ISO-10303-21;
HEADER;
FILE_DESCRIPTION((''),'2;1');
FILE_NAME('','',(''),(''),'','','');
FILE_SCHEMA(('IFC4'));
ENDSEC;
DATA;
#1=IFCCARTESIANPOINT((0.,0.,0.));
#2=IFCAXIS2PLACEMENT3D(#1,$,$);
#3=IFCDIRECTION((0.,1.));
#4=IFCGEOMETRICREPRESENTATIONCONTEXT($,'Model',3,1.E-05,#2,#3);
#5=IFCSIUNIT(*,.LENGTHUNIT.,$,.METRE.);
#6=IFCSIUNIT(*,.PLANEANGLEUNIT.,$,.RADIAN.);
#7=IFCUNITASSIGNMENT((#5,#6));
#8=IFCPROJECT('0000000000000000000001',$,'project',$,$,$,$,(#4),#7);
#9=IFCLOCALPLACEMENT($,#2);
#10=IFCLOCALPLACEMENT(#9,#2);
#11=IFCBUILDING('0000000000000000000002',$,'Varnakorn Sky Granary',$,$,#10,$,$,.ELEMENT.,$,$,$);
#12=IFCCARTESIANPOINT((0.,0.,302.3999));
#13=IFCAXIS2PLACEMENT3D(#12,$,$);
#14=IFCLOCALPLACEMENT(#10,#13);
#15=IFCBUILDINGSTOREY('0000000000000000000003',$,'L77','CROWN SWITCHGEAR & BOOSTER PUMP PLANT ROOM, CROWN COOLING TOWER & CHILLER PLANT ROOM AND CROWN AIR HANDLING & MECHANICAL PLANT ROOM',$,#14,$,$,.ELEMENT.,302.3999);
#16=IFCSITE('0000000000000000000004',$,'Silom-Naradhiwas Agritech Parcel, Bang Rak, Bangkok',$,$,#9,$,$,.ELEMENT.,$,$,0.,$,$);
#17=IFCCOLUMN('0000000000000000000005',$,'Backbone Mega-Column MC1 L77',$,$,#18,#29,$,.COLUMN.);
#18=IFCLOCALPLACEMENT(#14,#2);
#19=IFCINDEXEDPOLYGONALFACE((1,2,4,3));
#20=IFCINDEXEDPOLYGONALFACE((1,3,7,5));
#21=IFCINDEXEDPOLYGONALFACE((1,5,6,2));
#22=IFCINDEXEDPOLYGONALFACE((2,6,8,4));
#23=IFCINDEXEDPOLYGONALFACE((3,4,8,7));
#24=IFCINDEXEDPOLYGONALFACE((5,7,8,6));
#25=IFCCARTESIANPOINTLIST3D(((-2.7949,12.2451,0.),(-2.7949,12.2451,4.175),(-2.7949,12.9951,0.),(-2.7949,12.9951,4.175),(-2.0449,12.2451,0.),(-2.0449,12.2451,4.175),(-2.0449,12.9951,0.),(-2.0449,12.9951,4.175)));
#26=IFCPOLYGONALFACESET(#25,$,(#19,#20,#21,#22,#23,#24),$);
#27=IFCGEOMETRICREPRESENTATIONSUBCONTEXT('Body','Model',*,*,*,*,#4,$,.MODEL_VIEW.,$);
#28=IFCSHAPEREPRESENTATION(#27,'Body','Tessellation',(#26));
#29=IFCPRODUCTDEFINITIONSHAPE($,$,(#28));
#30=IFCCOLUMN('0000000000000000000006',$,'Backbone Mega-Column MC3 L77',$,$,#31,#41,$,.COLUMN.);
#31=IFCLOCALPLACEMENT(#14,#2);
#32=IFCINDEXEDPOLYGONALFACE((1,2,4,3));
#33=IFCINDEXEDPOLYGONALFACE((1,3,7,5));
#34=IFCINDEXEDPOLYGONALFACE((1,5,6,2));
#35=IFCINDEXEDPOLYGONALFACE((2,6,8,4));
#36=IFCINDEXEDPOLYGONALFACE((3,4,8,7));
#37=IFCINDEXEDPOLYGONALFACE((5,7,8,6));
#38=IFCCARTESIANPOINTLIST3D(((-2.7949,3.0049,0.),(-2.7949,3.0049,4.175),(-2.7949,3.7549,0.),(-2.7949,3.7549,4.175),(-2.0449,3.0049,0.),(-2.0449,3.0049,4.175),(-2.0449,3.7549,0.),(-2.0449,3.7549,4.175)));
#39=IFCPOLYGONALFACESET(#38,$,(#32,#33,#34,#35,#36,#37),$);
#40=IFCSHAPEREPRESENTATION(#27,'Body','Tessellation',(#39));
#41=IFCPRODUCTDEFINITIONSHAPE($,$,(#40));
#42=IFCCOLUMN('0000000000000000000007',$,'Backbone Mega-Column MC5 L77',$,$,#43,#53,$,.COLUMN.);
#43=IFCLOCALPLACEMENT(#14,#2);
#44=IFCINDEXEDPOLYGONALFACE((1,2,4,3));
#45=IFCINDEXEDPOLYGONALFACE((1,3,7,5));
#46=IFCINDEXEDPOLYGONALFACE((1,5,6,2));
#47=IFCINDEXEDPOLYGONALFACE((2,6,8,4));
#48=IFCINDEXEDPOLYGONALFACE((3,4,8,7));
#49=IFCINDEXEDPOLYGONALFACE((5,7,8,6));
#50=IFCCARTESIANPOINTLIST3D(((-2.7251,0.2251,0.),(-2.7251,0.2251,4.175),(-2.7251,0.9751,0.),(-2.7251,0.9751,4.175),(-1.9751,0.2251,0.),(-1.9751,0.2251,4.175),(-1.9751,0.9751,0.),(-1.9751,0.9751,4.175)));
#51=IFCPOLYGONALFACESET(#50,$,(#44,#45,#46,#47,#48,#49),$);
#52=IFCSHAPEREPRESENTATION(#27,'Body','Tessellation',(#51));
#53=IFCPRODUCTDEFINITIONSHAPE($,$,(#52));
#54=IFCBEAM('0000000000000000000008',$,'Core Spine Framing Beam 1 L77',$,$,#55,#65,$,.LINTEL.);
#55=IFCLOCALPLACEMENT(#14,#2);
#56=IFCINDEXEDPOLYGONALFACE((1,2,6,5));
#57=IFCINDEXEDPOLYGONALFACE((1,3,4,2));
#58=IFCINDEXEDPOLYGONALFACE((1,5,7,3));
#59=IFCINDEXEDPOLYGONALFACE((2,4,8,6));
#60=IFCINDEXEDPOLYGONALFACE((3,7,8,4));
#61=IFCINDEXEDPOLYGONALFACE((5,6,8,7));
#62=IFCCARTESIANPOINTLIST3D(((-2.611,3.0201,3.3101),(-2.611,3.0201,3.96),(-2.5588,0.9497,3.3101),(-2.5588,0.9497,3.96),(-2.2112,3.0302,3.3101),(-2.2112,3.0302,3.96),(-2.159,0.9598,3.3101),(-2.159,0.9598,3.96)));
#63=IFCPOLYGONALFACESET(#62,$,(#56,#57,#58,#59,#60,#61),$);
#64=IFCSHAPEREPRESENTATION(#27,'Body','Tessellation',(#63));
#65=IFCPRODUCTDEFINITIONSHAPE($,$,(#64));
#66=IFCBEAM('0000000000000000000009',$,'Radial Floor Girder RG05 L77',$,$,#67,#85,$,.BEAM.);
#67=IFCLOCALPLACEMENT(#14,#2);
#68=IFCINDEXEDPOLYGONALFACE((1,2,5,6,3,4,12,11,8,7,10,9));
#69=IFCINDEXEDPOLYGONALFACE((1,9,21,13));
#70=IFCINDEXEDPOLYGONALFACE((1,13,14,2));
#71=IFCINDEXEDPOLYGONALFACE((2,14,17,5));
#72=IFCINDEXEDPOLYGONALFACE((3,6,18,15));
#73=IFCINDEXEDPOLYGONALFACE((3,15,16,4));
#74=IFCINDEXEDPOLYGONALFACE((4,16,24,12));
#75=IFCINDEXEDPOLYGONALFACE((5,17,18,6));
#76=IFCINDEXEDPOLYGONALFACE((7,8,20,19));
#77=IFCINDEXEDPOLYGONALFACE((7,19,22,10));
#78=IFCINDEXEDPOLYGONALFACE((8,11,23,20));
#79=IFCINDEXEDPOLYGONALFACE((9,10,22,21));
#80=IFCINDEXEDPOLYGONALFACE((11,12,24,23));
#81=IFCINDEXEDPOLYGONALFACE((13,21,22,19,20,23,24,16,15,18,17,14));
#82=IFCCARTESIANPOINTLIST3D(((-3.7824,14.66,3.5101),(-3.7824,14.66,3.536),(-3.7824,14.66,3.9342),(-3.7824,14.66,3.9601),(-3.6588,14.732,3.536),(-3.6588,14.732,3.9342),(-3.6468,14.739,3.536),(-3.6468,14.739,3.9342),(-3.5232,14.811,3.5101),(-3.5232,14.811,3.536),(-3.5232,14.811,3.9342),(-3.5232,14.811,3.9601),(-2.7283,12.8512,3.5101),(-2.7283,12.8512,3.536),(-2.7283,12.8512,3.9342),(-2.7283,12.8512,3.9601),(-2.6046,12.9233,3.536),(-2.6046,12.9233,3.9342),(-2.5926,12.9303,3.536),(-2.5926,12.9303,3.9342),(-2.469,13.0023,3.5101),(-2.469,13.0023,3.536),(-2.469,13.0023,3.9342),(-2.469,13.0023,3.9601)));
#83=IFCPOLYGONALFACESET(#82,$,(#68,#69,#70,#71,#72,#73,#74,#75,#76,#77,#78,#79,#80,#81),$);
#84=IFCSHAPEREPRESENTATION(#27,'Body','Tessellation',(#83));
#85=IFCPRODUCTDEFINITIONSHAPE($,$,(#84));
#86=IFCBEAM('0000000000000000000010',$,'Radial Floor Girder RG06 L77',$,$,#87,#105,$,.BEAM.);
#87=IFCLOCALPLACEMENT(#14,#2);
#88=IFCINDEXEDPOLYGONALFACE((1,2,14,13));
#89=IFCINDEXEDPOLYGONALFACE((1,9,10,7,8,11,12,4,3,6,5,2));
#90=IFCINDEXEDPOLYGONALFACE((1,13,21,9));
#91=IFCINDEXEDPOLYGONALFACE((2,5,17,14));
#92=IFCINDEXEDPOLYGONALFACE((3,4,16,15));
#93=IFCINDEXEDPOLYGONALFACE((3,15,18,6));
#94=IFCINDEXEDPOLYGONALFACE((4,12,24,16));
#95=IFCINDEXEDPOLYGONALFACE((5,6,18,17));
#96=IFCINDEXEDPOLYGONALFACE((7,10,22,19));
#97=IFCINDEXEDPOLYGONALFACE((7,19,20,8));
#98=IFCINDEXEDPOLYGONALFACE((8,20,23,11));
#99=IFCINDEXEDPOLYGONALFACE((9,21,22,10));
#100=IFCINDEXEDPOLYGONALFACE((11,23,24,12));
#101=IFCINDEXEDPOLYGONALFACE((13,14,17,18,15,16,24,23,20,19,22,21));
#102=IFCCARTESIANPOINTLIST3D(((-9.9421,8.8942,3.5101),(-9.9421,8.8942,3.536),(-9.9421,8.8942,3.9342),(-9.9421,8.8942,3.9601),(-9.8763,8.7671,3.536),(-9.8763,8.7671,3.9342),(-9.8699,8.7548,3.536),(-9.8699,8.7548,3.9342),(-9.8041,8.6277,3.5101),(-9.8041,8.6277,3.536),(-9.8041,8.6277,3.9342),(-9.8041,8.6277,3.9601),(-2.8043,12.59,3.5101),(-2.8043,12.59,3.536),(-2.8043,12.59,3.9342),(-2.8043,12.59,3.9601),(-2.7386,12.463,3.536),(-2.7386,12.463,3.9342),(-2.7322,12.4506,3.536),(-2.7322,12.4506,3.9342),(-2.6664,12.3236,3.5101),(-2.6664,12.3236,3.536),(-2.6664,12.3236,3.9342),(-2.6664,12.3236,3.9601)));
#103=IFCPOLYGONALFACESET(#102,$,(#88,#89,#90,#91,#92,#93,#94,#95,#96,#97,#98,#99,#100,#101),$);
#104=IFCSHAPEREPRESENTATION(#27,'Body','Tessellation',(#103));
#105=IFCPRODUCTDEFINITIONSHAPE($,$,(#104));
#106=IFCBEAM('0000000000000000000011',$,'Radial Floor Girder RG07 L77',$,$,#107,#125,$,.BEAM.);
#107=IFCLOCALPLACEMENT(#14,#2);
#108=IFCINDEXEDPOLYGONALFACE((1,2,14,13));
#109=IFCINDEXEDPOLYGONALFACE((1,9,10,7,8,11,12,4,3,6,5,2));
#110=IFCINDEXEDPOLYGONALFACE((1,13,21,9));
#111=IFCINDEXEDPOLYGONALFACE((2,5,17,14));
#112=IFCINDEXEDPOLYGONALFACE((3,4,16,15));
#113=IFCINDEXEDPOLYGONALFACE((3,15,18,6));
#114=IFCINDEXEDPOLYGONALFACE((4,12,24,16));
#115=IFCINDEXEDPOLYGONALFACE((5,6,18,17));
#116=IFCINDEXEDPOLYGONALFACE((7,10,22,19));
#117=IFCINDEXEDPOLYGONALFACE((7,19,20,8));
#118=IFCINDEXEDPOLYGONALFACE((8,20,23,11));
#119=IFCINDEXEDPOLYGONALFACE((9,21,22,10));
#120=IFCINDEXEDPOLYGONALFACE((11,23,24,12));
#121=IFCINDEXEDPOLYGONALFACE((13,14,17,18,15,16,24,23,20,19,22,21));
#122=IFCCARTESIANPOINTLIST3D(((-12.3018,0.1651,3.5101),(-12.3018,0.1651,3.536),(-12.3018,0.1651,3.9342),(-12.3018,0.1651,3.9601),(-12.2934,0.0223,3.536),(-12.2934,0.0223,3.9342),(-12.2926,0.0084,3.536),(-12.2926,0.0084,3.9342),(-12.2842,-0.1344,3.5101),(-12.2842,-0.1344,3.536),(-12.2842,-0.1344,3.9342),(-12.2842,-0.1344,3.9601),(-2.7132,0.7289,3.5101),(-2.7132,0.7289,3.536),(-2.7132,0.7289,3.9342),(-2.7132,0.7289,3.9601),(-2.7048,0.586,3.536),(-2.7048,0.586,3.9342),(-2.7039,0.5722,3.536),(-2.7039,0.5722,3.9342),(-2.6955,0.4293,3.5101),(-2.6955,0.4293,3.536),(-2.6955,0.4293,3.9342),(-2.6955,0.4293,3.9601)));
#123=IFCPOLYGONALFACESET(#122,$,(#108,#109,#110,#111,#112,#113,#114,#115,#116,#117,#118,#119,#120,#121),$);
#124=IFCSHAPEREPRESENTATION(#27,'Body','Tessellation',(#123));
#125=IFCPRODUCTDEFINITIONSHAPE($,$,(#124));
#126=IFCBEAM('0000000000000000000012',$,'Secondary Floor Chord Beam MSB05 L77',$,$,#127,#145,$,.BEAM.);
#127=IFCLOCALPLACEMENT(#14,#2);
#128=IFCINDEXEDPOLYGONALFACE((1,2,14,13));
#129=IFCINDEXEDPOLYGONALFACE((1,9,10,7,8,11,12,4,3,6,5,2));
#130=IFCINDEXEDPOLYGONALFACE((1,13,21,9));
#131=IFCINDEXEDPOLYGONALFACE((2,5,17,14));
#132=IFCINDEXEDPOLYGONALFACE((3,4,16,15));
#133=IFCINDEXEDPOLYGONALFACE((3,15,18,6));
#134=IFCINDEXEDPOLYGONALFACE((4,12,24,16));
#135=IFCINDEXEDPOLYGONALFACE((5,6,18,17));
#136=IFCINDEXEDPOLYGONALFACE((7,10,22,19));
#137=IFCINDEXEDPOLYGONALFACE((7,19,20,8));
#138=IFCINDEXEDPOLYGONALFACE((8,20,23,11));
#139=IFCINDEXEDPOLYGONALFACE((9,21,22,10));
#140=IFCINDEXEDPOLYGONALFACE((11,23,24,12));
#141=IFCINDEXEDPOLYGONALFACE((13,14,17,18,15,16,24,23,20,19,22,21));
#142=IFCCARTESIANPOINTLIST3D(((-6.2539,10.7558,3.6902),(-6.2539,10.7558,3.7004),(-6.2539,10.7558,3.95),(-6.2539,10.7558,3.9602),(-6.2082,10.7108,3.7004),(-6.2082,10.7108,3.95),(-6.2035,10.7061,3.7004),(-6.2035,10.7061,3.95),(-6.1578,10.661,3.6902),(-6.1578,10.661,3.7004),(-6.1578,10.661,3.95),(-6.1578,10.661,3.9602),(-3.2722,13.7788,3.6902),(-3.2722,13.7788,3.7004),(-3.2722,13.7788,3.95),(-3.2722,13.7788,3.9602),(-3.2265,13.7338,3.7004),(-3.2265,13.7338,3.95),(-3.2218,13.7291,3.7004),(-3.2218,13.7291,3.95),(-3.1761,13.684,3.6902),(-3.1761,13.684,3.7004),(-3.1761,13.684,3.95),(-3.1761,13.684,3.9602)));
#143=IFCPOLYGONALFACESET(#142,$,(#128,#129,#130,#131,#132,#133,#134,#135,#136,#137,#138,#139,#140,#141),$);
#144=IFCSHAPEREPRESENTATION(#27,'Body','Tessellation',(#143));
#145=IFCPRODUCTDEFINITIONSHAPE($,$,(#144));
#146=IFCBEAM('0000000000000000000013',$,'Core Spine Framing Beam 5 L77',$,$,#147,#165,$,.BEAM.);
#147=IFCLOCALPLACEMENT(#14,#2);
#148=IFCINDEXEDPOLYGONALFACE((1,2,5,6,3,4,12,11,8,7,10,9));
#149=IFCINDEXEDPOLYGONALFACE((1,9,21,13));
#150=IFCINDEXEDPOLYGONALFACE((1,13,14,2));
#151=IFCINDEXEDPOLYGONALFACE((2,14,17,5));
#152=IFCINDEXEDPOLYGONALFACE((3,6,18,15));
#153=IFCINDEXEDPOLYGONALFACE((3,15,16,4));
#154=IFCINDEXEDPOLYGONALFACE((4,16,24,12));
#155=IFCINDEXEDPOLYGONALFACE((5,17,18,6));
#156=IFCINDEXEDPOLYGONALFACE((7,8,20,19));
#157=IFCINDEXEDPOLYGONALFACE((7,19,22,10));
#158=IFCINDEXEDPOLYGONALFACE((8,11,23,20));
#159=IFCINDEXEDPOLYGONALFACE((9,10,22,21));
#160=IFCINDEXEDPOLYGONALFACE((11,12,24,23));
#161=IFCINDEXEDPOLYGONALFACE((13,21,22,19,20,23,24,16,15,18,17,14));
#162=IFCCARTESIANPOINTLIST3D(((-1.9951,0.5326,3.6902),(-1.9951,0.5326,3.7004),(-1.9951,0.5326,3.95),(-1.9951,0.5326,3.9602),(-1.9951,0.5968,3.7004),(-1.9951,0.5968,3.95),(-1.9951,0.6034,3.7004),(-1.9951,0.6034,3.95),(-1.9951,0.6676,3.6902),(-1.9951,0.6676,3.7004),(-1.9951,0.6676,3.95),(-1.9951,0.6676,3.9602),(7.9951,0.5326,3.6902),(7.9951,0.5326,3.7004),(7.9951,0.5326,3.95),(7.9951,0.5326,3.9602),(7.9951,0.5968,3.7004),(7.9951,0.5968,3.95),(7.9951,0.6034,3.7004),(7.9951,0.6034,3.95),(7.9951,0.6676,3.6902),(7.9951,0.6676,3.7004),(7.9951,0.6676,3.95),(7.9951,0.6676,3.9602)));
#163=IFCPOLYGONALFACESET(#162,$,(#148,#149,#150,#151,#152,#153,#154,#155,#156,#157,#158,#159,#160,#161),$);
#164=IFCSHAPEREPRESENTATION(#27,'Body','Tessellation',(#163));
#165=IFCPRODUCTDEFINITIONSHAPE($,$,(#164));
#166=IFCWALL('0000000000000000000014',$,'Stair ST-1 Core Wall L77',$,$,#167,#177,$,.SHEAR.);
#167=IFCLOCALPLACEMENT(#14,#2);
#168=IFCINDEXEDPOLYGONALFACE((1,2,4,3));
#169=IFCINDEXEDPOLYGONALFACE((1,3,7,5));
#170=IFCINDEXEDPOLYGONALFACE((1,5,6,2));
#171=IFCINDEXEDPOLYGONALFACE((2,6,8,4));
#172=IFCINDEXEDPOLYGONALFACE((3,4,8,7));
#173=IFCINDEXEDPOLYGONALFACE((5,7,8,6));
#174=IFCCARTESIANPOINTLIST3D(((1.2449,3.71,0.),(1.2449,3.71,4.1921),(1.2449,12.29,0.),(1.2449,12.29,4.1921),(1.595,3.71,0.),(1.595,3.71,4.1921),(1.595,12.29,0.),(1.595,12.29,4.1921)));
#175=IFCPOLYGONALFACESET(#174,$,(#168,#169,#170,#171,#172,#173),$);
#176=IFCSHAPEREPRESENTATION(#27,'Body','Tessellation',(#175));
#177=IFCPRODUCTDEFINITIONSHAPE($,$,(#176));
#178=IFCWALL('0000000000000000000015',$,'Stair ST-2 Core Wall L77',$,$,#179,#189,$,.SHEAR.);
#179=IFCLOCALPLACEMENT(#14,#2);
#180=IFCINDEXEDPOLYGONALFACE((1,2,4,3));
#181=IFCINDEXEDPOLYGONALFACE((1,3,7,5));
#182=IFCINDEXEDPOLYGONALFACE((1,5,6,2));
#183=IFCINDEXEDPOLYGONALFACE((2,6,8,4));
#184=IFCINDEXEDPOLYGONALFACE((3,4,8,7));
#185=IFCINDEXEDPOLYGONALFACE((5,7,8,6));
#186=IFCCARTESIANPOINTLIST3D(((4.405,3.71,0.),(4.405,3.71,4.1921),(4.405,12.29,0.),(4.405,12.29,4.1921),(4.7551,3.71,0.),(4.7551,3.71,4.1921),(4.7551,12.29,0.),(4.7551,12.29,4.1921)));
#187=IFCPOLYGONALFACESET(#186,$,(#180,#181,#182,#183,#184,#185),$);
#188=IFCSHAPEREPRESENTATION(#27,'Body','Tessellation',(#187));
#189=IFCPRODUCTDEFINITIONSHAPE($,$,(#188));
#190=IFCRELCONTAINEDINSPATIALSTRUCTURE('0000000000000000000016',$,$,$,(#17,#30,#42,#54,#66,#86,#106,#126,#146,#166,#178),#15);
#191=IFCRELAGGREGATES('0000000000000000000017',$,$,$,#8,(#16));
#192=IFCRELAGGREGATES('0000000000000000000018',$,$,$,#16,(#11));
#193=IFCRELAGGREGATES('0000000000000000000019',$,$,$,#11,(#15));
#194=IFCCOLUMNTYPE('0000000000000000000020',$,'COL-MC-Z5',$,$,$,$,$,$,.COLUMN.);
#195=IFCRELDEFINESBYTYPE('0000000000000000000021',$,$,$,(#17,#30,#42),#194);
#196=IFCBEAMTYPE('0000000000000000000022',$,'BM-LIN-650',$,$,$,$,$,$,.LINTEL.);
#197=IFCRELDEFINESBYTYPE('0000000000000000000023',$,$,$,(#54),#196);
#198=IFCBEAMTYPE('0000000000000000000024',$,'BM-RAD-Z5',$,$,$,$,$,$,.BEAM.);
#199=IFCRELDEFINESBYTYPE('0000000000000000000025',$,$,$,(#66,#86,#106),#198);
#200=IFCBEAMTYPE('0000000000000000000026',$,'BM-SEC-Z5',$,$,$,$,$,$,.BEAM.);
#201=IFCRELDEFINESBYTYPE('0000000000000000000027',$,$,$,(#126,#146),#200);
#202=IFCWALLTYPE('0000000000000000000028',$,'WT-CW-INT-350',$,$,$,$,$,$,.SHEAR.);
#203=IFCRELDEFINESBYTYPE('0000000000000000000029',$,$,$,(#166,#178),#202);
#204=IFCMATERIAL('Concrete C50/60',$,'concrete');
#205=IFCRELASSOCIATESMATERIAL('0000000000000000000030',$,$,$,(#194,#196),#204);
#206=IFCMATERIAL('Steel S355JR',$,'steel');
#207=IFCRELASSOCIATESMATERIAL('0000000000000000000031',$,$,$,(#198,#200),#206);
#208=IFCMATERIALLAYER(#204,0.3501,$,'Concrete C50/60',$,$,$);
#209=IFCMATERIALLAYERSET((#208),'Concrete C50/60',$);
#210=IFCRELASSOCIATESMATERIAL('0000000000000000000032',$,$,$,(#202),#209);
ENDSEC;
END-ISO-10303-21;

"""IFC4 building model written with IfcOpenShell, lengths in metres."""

from ifc_helpers import new_model, si_unit, direction, frame, frame_2d, origin, origin_2d, place, context, subcontext, project, spatial, rectangle, i_section, extrude, material, layer, layer_set, material_profile, profile_set, type_object, element, save


model = new_model("IFC4")

# Units and contexts
model_context = context("Model", 3, precision=1e-05, world=origin(), true_north=direction((0.0, 1.0)))
body_context = subcontext(model_context, "Body", "Model", "MODEL_VIEW")
ifc_project = project(units=[si_unit("LENGTHUNIT", "METRE"), si_unit("PLANEANGLEUNIT", "RADIAN")], contexts=[model_context])

# Site, building, storey
site_placement = place(None, origin())
site = spatial("IfcSite", under=ifc_project, at=site_placement, Name="Silom-Naradhiwas Agritech Parcel, Bang Rak, Bangkok", CompositionType="ELEMENT", RefElevation=0.0)
building_placement = place(site_placement, origin())
building = spatial("IfcBuilding", under=site, at=building_placement, Name="Varnakorn Sky Granary", CompositionType="ELEMENT")
storey_placement = place(building_placement, frame((0.0, 0.0, 302.3999)))
storey = spatial("IfcBuildingStorey", under=building, at=storey_placement, Name="L77", Description="CROWN SWITCHGEAR & BOOSTER PUMP PLANT ROOM, CROWN COOLING TOWER & CHILLER PLANT ROOM AND CROWN AIR HANDLING & MECHANICAL PLANT ROOM", CompositionType="ELEMENT", Elevation=302.3999)

# Columns
ifc_material_1 = material(Name="Concrete C50/60", Category="concrete")
ifc_material_profile_1 = material_profile(ifc_material_1, rectangle(XDim=0.75, YDim=0.75, at=origin_2d()), Name="RC 750x750")
ifc_profile_set_1 = profile_set([ifc_material_profile_1], Name="Concrete C50/60")
column_type = type_object("IfcColumnType", Name="COL-MC-Z5", PredefinedType="COLUMN", material=ifc_profile_set_1)
for number, where, z_axis, x_axis, name in (
    (1, (-2.4199, 12.6201, 0.0), (0.0, 0.0, 1.0), (1.0, 0.0, 0.0), "Backbone Mega-Column MC1 L77"),
    (2, (-2.4199, 3.3799, 0.0), (0.0, 0.0, 1.0), (1.0, 0.0, 0.0), "Backbone Mega-Column MC3 L77"),
    (3, (-2.3501, 0.6001, 0.0), (0.0, 0.0, 1.0), (1.0, 0.0, 0.0), "Backbone Mega-Column MC5 L77"),
):
    element("IfcColumn", number, at=place(storey_placement, frame(where, z_axis=z_axis, x_axis=x_axis)), inside=storey, type_object=column_type, Name=name, PredefinedType="COLUMN", context=body_context, shape_type="SweptSolid", body=[
        extrude(rectangle(XDim=0.75, YDim=0.75, at=origin_2d()), origin(), (0.0, 0.0, 1.0), 4.175),
    ])

# Beams
ifc_material_profile_2 = material_profile(ifc_material_1, rectangle(XDim=0.3999, YDim=0.6499, at=origin_2d()), Name="RC 400x650")
ifc_profile_set_2 = profile_set([ifc_material_profile_2], Name="Concrete C50/60")
beam_type_1 = type_object("IfcBeamType", Name="BM-LIN-650", PredefinedType="LINTEL", material=ifc_profile_set_2)
beam_1_placement = place(storey_placement, frame((-2.4111, 3.0251, 3.635), z_axis=(0.025228, -0.999682, 0.0), x_axis=(0.999682, 0.025228, 0.0)))
element("IfcBeam", 4, at=beam_1_placement, inside=storey, type_object=beam_type_1, Name="Core Spine Framing Beam 1 L77", PredefinedType="LINTEL", context=body_context, shape_type="SweptSolid", body=[
    extrude(rectangle(XDim=0.3999, YDim=0.6499, at=origin_2d()), origin(), (0.0, 0.0, 1.0), 2.071),
])
ifc_material_2 = material(Name="Steel S355JR", Category="steel")
ifc_material_profile_3 = material_profile(ifc_material_2, i_section(OverallWidth=0.3, OverallDepth=0.45, WebThickness=0.0139, FlangeThickness=0.0259, at=origin_2d()), Name="HE 450 B")
ifc_profile_set_3 = profile_set([ifc_material_profile_3], Name="Steel S355JR")
beam_type_2 = type_object("IfcBeamType", Name="BM-RAD-Z5", PredefinedType="BEAM", material=ifc_profile_set_3)
beam_2_placement = place(storey_placement, frame((-2.5986, 12.9268, 3.7351), z_axis=(-0.50353, 0.863978, 0.0), x_axis=(-0.863978, -0.50353, 0.0)))
element("IfcBeam", 5, at=beam_2_placement, inside=storey, type_object=beam_type_2, Name="Radial Floor Girder RG05 L77", PredefinedType="BEAM", context=body_context, shape_type="SweptSolid", body=[
    extrude(i_section(OverallWidth=0.3, OverallDepth=0.45, WebThickness=0.0139, FlangeThickness=0.0259, at=origin_2d()), origin(), (0.0, 0.0, 1.0), 2.0935),
])
beam_3_placement = place(storey_placement, frame((-2.7354, 12.4568, 3.7351), z_axis=(-0.88802, -0.459805, 0.0), x_axis=(0.459805, -0.88802, 0.0)))
element("IfcBeam", 6, at=beam_3_placement, inside=storey, type_object=beam_type_2, Name="Radial Floor Girder RG06 L77", PredefinedType="BEAM", context=body_context, shape_type="SweptSolid", body=[
    extrude(i_section(OverallWidth=0.3, OverallDepth=0.45, WebThickness=0.0139, FlangeThickness=0.0259, at=origin_2d()), origin(), (0.0, 0.0, 1.0), 8.0378),
])
beam_4_placement = place(storey_placement, frame((-2.7043, 0.5791, 3.7351), z_axis=(-0.998276, -0.058689, 0.0), x_axis=(0.058689, -0.998276, 0.0)))
element("IfcBeam", 7, at=beam_4_placement, inside=storey, type_object=beam_type_2, Name="Radial Floor Girder RG07 L77", PredefinedType="BEAM", context=body_context, shape_type="SweptSolid", body=[
    extrude(i_section(OverallWidth=0.3, OverallDepth=0.45, WebThickness=0.0139, FlangeThickness=0.0259, at=origin_2d()), origin(), (0.0, 0.0, 1.0), 9.6052),
])
ifc_material_profile_4 = material_profile(ifc_material_2, i_section(OverallWidth=0.135, OverallDepth=0.27, WebThickness=0.0066, FlangeThickness=0.0103, at=origin_2d()), Name="IPE 270")
ifc_profile_set_4 = profile_set([ifc_material_profile_4], Name="Steel S355JR")
beam_type_3 = type_object("IfcBeamType", Name="BM-SEC-Z5", PredefinedType="BEAM", material=ifc_profile_set_4)
beam_5_placement = place(storey_placement, frame((-3.2241, 13.7314, 3.8252), z_axis=(-0.702231, -0.711949, 0.0), x_axis=(0.711949, -0.702231, 0.0)))
element("IfcBeam", 8, at=beam_5_placement, inside=storey, type_object=beam_type_3, Name="Secondary Floor Chord Beam MSB05 L77", PredefinedType="BEAM", context=body_context, shape_type="SweptSolid", body=[
    extrude(i_section(OverallWidth=0.135, OverallDepth=0.27, WebThickness=0.0066, FlangeThickness=0.0103, at=origin_2d()), origin(), (0.0, 0.0, 1.0), 4.2461),
])
beam_6_placement = place(storey_placement, frame((-1.9951, 0.6001, 3.8252), z_axis=(1.0, 0.0, 0.0), x_axis=(0.0, 1.0, 0.0)))
element("IfcBeam", 9, at=beam_6_placement, inside=storey, type_object=beam_type_3, Name="Core Spine Framing Beam 5 L77", PredefinedType="BEAM", context=body_context, shape_type="SweptSolid", body=[
    extrude(i_section(OverallWidth=0.135, OverallDepth=0.27, WebThickness=0.0066, FlangeThickness=0.0103, at=origin_2d()), origin(), (0.0, 0.0, 1.0), 9.9902),
])

# Walls
ifc_layer_1 = layer(ifc_material_1, 0.3501, Name="Concrete C50/60")
ifc_layer_set_1 = layer_set([ifc_layer_1], Name="Concrete C50/60")
wall_type_1 = type_object("IfcWallType", Name="WT-CW-INT-350", PredefinedType="SHEAR", material=ifc_layer_set_1)
for number, where, z_axis, x_axis, name in (
    (10, (1.4199, 3.71, 0.0), (0.0, 0.0, 1.0), (0.0, 1.0, 0.0), "Stair ST-1 Core Wall L77"),
    (11, (4.5801, 3.71, 0.0), (0.0, 0.0, 1.0), (0.0, 1.0, 0.0), "Stair ST-2 Core Wall L77"),
):
    element("IfcWall", number, at=place(storey_placement, frame(where, z_axis=z_axis, x_axis=x_axis)), inside=storey, type_object=wall_type_1, Name=name, PredefinedType="SHEAR", context=body_context, shape_type="SweptSolid", body=[
        extrude(rectangle(XDim=8.5801, YDim=0.3501, at=frame_2d((4.29, 0.0))), origin(), (0.0, 0.0, 1.0), 4.1921),
    ])

save(model, "model.ifc")
